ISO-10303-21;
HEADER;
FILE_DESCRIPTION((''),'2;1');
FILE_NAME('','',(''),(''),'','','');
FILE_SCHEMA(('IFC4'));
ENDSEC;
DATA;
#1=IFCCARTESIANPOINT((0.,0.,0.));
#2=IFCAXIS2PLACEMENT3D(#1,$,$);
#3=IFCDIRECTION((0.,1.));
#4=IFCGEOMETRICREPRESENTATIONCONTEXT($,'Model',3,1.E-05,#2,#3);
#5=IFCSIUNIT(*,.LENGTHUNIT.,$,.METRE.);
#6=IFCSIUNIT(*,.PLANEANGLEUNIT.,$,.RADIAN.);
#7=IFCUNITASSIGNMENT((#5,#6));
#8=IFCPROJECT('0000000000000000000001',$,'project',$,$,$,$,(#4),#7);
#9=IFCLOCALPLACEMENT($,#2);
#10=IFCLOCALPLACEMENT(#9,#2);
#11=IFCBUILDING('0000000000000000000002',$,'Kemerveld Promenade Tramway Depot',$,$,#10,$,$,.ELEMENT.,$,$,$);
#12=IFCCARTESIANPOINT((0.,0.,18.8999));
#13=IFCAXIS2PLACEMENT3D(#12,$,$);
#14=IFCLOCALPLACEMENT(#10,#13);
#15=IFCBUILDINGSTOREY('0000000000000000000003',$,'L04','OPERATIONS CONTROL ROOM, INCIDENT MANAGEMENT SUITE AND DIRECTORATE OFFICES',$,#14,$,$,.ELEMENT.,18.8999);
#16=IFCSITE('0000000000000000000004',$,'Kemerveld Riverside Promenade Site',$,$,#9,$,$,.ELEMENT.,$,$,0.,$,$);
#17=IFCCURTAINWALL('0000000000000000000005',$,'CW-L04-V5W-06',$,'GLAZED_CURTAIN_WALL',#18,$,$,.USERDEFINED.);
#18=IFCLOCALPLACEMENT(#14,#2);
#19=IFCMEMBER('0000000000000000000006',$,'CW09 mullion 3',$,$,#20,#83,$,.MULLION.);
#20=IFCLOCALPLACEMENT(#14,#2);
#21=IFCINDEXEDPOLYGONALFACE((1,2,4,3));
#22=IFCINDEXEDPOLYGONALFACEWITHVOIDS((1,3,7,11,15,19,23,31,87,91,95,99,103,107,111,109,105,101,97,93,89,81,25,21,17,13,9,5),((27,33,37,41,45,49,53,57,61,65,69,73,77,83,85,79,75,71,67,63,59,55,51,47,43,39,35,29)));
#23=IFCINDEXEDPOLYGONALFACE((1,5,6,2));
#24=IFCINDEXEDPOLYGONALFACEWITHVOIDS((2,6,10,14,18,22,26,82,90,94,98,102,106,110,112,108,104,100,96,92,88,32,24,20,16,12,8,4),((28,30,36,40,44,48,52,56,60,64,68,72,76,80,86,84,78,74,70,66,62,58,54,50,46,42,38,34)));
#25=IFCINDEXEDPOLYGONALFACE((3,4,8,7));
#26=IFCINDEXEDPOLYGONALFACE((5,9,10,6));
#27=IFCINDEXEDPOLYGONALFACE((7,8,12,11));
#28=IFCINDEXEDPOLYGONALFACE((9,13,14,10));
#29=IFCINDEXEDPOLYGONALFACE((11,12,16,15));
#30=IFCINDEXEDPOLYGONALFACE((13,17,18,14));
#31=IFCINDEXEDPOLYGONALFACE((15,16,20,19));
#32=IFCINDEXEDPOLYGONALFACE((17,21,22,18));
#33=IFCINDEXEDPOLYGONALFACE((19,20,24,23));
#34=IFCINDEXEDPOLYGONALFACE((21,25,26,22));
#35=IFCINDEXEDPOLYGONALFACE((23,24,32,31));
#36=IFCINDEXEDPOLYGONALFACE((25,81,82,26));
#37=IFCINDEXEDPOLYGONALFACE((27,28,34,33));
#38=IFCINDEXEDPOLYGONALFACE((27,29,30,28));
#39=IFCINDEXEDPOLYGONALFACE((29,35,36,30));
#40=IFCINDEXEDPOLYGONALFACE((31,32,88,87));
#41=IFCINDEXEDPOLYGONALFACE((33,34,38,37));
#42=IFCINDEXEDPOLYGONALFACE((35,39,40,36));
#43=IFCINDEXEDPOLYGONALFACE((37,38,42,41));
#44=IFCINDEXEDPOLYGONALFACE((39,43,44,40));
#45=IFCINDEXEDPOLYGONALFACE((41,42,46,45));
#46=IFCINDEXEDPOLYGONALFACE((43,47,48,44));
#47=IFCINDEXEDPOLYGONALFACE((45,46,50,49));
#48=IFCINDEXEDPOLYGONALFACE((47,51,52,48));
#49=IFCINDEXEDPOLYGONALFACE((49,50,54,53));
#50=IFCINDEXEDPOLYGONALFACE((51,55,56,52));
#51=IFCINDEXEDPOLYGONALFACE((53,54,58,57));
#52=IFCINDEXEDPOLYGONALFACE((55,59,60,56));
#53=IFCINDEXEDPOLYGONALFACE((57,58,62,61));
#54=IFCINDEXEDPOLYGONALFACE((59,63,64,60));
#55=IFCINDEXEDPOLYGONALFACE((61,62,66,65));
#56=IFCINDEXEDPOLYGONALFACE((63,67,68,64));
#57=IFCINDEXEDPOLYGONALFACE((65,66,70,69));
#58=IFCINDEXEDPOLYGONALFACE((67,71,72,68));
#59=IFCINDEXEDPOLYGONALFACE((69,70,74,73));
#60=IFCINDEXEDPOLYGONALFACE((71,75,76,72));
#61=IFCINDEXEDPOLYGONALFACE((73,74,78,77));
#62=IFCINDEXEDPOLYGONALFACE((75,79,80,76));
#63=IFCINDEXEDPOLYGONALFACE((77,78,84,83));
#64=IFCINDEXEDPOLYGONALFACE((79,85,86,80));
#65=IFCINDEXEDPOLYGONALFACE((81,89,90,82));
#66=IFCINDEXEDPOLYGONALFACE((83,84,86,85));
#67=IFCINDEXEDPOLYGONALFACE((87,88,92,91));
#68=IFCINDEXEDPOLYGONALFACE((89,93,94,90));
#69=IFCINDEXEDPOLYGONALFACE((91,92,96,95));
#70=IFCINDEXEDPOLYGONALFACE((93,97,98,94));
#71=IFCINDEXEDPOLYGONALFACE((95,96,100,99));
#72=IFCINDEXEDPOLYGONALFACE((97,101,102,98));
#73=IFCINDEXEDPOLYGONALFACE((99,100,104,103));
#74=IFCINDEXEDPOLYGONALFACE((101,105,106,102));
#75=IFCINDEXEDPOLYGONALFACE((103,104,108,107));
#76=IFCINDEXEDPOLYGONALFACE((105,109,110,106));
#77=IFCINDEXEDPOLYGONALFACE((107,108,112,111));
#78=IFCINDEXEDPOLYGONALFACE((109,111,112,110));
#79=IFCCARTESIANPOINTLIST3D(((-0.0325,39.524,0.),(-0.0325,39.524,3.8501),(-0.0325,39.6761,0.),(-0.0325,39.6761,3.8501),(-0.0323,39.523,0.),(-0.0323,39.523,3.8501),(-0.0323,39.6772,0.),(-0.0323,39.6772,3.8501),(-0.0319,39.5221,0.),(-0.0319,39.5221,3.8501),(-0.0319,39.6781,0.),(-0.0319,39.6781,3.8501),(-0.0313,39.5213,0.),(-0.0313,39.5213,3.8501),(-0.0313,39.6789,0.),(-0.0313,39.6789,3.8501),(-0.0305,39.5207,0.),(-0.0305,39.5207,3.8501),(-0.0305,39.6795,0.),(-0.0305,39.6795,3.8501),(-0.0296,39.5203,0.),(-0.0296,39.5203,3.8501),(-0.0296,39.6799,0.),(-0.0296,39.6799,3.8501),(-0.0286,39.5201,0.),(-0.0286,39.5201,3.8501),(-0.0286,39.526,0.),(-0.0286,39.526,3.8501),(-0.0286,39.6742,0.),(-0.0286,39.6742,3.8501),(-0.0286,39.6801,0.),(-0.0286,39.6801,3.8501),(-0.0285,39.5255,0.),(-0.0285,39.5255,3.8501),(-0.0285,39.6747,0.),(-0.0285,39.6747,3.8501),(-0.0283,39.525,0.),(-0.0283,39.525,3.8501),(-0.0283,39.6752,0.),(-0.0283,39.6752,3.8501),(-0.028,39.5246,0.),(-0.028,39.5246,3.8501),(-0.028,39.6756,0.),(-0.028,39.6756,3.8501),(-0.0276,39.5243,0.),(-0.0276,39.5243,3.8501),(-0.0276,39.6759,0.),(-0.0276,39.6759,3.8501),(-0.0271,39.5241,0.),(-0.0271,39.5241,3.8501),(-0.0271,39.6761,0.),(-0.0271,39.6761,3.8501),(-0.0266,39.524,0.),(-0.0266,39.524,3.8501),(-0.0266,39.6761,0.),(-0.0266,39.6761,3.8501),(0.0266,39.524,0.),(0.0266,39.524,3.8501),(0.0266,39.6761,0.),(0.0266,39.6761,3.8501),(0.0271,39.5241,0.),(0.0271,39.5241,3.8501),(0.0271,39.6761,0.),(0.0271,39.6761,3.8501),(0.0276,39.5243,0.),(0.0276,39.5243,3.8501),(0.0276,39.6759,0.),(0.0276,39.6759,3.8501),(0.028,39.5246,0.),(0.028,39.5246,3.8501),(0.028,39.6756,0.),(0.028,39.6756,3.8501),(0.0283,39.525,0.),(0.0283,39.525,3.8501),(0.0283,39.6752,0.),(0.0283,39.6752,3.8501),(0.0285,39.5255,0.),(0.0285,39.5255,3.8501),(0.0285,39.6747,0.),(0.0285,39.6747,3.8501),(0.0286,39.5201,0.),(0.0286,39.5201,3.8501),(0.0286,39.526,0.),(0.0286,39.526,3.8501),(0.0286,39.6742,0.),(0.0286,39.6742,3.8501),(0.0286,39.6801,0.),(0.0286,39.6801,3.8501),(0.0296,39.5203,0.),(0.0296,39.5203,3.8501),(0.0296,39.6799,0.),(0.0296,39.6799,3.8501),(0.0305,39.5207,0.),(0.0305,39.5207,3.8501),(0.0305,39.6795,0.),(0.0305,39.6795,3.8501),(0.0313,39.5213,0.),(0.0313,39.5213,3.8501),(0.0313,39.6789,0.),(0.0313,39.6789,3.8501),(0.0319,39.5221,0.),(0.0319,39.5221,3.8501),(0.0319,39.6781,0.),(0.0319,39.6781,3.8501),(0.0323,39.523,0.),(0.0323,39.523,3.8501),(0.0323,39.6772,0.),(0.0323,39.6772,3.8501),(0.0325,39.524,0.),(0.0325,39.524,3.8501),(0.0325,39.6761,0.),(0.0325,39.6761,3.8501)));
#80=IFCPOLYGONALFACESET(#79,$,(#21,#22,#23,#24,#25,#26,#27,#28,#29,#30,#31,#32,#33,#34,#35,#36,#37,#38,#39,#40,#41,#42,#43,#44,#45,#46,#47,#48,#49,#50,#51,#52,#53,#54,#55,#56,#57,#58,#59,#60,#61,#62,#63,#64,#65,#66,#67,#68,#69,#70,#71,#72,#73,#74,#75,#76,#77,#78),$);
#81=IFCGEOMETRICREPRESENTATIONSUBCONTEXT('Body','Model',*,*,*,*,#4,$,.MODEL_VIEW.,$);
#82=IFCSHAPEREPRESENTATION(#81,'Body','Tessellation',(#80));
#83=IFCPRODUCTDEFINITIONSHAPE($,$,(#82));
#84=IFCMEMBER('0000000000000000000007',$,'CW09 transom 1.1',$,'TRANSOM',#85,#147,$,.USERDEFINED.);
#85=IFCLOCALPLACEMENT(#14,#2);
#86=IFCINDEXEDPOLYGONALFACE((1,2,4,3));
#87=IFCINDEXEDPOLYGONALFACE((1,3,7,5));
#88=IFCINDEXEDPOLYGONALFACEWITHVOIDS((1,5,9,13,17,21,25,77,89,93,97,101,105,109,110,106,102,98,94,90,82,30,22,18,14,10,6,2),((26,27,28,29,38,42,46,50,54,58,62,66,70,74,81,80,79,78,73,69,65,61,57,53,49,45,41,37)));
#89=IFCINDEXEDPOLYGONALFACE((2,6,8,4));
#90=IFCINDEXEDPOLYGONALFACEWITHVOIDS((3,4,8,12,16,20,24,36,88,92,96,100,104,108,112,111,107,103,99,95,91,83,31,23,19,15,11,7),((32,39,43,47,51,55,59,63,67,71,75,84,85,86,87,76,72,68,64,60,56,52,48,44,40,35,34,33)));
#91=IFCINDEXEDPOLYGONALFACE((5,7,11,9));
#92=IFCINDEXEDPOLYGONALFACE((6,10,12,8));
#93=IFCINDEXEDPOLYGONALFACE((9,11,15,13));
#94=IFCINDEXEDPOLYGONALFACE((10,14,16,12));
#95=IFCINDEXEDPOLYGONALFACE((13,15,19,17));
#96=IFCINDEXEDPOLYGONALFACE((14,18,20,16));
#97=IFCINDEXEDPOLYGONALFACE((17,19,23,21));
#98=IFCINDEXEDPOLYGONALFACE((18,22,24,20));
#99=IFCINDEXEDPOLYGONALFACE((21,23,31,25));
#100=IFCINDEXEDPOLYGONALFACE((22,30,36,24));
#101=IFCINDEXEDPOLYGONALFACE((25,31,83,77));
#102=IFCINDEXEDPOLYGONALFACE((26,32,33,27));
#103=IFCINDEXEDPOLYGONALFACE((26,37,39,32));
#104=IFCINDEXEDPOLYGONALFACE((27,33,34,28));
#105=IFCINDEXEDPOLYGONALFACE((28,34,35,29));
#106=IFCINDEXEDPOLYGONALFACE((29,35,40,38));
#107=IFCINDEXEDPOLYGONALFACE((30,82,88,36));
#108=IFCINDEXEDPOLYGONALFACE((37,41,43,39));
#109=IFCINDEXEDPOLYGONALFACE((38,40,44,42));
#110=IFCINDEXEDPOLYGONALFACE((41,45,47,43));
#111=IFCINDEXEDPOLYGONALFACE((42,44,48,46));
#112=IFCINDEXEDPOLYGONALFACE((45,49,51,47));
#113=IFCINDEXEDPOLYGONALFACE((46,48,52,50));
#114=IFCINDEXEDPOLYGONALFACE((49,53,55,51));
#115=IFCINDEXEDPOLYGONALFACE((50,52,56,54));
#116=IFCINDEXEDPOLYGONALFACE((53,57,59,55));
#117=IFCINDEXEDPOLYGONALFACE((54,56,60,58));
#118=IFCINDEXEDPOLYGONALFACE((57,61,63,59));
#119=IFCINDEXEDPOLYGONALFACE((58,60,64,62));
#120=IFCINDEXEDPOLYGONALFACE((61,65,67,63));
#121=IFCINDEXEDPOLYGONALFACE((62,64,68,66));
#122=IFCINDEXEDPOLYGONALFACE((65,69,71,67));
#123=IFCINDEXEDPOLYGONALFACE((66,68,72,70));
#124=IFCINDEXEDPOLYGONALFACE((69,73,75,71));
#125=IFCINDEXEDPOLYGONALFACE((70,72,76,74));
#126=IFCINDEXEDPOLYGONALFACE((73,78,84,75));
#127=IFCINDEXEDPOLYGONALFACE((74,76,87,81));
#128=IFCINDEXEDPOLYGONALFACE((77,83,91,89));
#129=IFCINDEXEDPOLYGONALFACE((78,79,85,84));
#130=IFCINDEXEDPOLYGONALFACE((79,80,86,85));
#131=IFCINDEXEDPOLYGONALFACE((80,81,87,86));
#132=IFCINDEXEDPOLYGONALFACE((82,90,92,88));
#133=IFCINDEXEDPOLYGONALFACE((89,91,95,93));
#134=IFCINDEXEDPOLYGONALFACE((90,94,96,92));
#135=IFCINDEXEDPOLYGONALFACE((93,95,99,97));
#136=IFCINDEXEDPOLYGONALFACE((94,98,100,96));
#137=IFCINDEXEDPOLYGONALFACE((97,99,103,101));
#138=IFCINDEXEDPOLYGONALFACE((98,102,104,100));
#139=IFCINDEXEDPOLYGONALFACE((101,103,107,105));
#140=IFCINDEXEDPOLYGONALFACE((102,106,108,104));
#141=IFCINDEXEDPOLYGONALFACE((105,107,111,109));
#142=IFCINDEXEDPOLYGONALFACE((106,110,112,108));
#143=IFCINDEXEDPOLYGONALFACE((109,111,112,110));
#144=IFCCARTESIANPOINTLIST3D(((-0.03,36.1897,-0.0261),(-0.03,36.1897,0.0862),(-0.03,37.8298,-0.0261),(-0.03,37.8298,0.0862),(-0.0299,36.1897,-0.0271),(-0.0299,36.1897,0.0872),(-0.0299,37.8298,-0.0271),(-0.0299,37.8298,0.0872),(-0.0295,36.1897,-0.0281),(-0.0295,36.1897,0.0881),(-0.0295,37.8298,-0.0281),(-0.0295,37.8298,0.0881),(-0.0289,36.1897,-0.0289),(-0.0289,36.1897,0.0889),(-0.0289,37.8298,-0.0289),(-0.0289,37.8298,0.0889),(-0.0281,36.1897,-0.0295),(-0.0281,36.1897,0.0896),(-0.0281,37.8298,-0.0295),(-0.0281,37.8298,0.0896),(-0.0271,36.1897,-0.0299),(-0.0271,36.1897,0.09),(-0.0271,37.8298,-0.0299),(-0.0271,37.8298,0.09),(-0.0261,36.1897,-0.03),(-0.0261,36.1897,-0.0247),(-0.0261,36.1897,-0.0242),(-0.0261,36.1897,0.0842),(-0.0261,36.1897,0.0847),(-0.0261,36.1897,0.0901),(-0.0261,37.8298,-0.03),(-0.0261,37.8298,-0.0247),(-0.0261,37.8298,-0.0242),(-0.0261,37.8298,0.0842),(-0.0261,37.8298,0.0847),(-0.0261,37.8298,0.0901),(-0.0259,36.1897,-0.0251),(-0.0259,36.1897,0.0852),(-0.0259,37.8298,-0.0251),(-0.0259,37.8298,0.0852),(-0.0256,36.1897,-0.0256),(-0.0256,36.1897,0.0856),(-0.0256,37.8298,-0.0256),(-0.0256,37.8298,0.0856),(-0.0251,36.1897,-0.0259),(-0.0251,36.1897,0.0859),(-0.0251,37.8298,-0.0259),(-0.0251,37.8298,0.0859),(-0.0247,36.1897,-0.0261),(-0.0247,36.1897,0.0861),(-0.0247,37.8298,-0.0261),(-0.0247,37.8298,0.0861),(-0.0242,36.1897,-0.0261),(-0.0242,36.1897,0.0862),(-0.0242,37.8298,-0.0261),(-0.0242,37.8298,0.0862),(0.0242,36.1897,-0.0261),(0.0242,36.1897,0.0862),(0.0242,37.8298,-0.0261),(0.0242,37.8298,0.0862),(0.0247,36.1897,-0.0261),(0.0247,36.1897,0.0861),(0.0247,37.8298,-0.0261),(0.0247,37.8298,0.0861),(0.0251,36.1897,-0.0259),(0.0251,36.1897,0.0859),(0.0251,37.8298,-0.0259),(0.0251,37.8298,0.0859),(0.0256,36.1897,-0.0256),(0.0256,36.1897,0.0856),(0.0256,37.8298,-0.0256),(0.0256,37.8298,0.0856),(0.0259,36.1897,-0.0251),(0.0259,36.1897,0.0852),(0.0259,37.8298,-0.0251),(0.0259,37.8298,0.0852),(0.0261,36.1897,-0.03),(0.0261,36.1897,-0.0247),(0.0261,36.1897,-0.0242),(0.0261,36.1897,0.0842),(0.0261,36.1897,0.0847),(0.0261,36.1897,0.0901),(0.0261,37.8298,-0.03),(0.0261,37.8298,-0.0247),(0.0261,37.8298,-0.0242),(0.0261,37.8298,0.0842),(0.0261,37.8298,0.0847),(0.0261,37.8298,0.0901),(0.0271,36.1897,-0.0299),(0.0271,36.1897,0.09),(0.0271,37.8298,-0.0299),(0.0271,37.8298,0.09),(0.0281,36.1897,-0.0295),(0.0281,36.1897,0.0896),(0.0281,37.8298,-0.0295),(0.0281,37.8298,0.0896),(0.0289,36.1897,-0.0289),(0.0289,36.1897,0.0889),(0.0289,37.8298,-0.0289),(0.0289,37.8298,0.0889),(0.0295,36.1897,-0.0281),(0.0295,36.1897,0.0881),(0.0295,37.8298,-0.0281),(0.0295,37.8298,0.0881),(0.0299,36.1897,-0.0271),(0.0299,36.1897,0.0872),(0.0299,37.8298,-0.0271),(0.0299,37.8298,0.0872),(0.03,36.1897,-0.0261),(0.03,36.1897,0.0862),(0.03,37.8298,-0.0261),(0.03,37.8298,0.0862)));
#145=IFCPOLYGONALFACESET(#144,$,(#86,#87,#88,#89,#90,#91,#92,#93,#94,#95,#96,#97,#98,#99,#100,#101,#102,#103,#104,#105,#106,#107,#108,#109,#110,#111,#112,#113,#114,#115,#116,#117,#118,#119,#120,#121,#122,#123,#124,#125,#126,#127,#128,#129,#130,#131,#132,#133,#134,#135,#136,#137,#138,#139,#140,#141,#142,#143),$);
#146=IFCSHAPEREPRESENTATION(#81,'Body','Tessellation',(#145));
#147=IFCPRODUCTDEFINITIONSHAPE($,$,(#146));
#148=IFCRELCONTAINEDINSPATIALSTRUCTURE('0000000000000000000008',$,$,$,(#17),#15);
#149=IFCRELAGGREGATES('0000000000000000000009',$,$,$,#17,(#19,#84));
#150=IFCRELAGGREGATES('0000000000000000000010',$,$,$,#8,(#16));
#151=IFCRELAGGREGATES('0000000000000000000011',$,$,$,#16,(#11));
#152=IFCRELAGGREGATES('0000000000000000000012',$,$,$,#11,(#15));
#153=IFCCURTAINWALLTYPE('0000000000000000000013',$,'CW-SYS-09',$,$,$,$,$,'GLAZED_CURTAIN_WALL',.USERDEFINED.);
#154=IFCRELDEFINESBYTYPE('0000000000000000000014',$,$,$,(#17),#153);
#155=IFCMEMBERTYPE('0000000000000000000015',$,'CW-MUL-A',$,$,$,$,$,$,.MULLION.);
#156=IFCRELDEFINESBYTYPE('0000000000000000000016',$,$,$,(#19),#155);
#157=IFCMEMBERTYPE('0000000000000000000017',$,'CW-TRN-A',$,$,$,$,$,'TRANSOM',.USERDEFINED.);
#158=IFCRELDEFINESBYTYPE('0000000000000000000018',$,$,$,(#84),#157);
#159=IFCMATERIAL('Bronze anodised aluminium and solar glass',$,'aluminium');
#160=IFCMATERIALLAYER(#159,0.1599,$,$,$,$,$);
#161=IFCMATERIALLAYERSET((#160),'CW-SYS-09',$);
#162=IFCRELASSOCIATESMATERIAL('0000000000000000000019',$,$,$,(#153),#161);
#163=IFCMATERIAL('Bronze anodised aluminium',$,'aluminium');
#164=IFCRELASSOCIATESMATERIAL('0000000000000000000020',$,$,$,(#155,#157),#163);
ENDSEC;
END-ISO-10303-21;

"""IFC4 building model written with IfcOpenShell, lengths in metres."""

from ifc_helpers import new_model, si_unit, direction, frame, origin, origin_2d, place, context, subcontext, project, spatial, hollow_rectangle, extrude, material, layer, layer_set, material_profile, profile_set, type_object, element, aggregate, save


model = new_model("IFC4")

# Units and contexts
model_context = context("Model", 3, precision=1e-05, world=origin(), true_north=direction((0.0, 1.0)))
body_context = subcontext(model_context, "Body", "Model", "MODEL_VIEW")
ifc_project = project(units=[si_unit("LENGTHUNIT", "METRE"), si_unit("PLANEANGLEUNIT", "RADIAN")], contexts=[model_context])

# Site, building, storey
site_placement = place(None, origin())
site = spatial("IfcSite", under=ifc_project, at=site_placement, Name="Kemerveld Riverside Promenade Site", CompositionType="ELEMENT", RefElevation=0.0)
building_placement = place(site_placement, origin())
building = spatial("IfcBuilding", under=site, at=building_placement, Name="Kemerveld Promenade Tramway Depot", CompositionType="ELEMENT")
storey_placement = place(building_placement, frame((0.0, 0.0, 18.8999)))
storey = spatial("IfcBuildingStorey", under=building, at=storey_placement, Name="L04", Description="OPERATIONS CONTROL ROOM, INCIDENT MANAGEMENT SUITE AND DIRECTORATE OFFICES", CompositionType="ELEMENT", Elevation=18.8999)

# Curtain wall, members
ifc_material_1 = material(Name="Bronze anodised aluminium and solar glass", Category="aluminium")
ifc_layer_1 = layer(ifc_material_1, 0.1599)
ifc_layer_set_1 = layer_set([ifc_layer_1], Name="CW-SYS-09")
curtain_wall_type = type_object("IfcCurtainWallType", Name="CW-SYS-09", ElementType="GLAZED_CURTAIN_WALL", PredefinedType="USERDEFINED", material=ifc_layer_set_1)
curtain_wall_placement = place(storey_placement, origin())
curtain_wall = element("IfcCurtainWall", 1, at=curtain_wall_placement, inside=storey, type_object=curtain_wall_type, Name="CW-L04-V5W-06", ObjectType="GLAZED_CURTAIN_WALL", PredefinedType="USERDEFINED")
ifc_material_2 = material(Name="Bronze anodised aluminium", Category="aluminium")
ifc_material_profile_1 = material_profile(ifc_material_2, hollow_rectangle(XDim=0.0649, YDim=0.1599, WallThickness=0.0039, InnerFilletRadius=0.002, OuterFilletRadius=0.0039, at=origin_2d()), Name="CW-MUL-160x65")
ifc_profile_set_1 = profile_set([ifc_material_profile_1], Name="Bronze anodised aluminium")
member_type_1 = type_object("IfcMemberType", Name="CW-MUL-A", PredefinedType="MULLION", material=ifc_profile_set_1)
member_1_placement = place(storey_placement, frame((0.0, 39.6001, 0.0), z_axis=(0.0, 0.0, 1.0), x_axis=(-1.0, 0.0, 0.0)))
member_1 = element("IfcMember", 2, at=member_1_placement, type_object=member_type_1, Name="CW09 mullion 3", PredefinedType="MULLION", context=body_context, shape_type="SweptSolid", body=[
    extrude(hollow_rectangle(XDim=0.0649, YDim=0.1599, WallThickness=0.0039, InnerFilletRadius=0.002, OuterFilletRadius=0.0039, at=origin_2d()), origin(), (0.0, 0.0, 1.0), 3.8501),
])
ifc_material_profile_2 = material_profile(ifc_material_2, hollow_rectangle(XDim=0.0601, YDim=0.1201, WallThickness=0.0039, InnerFilletRadius=0.002, OuterFilletRadius=0.0039, at=origin_2d()), Name="CW-TRN-120x60")
ifc_profile_set_2 = profile_set([ifc_material_profile_2], Name="Bronze anodised aluminium")
member_type_2 = type_object("IfcMemberType", Name="CW-TRN-A", ElementType="TRANSOM", PredefinedType="USERDEFINED", material=ifc_profile_set_2)
member_2_placement = place(storey_placement, frame((0.0, 36.1897, 0.03), z_axis=(0.0, 1.0, 0.0), x_axis=(-1.0, 0.0, 0.0)))
member_2 = element("IfcMember", 3, at=member_2_placement, type_object=member_type_2, Name="CW09 transom 1.1", ObjectType="TRANSOM", PredefinedType="USERDEFINED", context=body_context, shape_type="SweptSolid", body=[
    extrude(hollow_rectangle(XDim=0.0601, YDim=0.1201, WallThickness=0.0039, InnerFilletRadius=0.002, OuterFilletRadius=0.0039, at=origin_2d()), origin(), (0.0, 0.0, 1.0), 1.6401),
])
aggregate(curtain_wall, [member_1, member_2])

save(model, "model.ifc")
